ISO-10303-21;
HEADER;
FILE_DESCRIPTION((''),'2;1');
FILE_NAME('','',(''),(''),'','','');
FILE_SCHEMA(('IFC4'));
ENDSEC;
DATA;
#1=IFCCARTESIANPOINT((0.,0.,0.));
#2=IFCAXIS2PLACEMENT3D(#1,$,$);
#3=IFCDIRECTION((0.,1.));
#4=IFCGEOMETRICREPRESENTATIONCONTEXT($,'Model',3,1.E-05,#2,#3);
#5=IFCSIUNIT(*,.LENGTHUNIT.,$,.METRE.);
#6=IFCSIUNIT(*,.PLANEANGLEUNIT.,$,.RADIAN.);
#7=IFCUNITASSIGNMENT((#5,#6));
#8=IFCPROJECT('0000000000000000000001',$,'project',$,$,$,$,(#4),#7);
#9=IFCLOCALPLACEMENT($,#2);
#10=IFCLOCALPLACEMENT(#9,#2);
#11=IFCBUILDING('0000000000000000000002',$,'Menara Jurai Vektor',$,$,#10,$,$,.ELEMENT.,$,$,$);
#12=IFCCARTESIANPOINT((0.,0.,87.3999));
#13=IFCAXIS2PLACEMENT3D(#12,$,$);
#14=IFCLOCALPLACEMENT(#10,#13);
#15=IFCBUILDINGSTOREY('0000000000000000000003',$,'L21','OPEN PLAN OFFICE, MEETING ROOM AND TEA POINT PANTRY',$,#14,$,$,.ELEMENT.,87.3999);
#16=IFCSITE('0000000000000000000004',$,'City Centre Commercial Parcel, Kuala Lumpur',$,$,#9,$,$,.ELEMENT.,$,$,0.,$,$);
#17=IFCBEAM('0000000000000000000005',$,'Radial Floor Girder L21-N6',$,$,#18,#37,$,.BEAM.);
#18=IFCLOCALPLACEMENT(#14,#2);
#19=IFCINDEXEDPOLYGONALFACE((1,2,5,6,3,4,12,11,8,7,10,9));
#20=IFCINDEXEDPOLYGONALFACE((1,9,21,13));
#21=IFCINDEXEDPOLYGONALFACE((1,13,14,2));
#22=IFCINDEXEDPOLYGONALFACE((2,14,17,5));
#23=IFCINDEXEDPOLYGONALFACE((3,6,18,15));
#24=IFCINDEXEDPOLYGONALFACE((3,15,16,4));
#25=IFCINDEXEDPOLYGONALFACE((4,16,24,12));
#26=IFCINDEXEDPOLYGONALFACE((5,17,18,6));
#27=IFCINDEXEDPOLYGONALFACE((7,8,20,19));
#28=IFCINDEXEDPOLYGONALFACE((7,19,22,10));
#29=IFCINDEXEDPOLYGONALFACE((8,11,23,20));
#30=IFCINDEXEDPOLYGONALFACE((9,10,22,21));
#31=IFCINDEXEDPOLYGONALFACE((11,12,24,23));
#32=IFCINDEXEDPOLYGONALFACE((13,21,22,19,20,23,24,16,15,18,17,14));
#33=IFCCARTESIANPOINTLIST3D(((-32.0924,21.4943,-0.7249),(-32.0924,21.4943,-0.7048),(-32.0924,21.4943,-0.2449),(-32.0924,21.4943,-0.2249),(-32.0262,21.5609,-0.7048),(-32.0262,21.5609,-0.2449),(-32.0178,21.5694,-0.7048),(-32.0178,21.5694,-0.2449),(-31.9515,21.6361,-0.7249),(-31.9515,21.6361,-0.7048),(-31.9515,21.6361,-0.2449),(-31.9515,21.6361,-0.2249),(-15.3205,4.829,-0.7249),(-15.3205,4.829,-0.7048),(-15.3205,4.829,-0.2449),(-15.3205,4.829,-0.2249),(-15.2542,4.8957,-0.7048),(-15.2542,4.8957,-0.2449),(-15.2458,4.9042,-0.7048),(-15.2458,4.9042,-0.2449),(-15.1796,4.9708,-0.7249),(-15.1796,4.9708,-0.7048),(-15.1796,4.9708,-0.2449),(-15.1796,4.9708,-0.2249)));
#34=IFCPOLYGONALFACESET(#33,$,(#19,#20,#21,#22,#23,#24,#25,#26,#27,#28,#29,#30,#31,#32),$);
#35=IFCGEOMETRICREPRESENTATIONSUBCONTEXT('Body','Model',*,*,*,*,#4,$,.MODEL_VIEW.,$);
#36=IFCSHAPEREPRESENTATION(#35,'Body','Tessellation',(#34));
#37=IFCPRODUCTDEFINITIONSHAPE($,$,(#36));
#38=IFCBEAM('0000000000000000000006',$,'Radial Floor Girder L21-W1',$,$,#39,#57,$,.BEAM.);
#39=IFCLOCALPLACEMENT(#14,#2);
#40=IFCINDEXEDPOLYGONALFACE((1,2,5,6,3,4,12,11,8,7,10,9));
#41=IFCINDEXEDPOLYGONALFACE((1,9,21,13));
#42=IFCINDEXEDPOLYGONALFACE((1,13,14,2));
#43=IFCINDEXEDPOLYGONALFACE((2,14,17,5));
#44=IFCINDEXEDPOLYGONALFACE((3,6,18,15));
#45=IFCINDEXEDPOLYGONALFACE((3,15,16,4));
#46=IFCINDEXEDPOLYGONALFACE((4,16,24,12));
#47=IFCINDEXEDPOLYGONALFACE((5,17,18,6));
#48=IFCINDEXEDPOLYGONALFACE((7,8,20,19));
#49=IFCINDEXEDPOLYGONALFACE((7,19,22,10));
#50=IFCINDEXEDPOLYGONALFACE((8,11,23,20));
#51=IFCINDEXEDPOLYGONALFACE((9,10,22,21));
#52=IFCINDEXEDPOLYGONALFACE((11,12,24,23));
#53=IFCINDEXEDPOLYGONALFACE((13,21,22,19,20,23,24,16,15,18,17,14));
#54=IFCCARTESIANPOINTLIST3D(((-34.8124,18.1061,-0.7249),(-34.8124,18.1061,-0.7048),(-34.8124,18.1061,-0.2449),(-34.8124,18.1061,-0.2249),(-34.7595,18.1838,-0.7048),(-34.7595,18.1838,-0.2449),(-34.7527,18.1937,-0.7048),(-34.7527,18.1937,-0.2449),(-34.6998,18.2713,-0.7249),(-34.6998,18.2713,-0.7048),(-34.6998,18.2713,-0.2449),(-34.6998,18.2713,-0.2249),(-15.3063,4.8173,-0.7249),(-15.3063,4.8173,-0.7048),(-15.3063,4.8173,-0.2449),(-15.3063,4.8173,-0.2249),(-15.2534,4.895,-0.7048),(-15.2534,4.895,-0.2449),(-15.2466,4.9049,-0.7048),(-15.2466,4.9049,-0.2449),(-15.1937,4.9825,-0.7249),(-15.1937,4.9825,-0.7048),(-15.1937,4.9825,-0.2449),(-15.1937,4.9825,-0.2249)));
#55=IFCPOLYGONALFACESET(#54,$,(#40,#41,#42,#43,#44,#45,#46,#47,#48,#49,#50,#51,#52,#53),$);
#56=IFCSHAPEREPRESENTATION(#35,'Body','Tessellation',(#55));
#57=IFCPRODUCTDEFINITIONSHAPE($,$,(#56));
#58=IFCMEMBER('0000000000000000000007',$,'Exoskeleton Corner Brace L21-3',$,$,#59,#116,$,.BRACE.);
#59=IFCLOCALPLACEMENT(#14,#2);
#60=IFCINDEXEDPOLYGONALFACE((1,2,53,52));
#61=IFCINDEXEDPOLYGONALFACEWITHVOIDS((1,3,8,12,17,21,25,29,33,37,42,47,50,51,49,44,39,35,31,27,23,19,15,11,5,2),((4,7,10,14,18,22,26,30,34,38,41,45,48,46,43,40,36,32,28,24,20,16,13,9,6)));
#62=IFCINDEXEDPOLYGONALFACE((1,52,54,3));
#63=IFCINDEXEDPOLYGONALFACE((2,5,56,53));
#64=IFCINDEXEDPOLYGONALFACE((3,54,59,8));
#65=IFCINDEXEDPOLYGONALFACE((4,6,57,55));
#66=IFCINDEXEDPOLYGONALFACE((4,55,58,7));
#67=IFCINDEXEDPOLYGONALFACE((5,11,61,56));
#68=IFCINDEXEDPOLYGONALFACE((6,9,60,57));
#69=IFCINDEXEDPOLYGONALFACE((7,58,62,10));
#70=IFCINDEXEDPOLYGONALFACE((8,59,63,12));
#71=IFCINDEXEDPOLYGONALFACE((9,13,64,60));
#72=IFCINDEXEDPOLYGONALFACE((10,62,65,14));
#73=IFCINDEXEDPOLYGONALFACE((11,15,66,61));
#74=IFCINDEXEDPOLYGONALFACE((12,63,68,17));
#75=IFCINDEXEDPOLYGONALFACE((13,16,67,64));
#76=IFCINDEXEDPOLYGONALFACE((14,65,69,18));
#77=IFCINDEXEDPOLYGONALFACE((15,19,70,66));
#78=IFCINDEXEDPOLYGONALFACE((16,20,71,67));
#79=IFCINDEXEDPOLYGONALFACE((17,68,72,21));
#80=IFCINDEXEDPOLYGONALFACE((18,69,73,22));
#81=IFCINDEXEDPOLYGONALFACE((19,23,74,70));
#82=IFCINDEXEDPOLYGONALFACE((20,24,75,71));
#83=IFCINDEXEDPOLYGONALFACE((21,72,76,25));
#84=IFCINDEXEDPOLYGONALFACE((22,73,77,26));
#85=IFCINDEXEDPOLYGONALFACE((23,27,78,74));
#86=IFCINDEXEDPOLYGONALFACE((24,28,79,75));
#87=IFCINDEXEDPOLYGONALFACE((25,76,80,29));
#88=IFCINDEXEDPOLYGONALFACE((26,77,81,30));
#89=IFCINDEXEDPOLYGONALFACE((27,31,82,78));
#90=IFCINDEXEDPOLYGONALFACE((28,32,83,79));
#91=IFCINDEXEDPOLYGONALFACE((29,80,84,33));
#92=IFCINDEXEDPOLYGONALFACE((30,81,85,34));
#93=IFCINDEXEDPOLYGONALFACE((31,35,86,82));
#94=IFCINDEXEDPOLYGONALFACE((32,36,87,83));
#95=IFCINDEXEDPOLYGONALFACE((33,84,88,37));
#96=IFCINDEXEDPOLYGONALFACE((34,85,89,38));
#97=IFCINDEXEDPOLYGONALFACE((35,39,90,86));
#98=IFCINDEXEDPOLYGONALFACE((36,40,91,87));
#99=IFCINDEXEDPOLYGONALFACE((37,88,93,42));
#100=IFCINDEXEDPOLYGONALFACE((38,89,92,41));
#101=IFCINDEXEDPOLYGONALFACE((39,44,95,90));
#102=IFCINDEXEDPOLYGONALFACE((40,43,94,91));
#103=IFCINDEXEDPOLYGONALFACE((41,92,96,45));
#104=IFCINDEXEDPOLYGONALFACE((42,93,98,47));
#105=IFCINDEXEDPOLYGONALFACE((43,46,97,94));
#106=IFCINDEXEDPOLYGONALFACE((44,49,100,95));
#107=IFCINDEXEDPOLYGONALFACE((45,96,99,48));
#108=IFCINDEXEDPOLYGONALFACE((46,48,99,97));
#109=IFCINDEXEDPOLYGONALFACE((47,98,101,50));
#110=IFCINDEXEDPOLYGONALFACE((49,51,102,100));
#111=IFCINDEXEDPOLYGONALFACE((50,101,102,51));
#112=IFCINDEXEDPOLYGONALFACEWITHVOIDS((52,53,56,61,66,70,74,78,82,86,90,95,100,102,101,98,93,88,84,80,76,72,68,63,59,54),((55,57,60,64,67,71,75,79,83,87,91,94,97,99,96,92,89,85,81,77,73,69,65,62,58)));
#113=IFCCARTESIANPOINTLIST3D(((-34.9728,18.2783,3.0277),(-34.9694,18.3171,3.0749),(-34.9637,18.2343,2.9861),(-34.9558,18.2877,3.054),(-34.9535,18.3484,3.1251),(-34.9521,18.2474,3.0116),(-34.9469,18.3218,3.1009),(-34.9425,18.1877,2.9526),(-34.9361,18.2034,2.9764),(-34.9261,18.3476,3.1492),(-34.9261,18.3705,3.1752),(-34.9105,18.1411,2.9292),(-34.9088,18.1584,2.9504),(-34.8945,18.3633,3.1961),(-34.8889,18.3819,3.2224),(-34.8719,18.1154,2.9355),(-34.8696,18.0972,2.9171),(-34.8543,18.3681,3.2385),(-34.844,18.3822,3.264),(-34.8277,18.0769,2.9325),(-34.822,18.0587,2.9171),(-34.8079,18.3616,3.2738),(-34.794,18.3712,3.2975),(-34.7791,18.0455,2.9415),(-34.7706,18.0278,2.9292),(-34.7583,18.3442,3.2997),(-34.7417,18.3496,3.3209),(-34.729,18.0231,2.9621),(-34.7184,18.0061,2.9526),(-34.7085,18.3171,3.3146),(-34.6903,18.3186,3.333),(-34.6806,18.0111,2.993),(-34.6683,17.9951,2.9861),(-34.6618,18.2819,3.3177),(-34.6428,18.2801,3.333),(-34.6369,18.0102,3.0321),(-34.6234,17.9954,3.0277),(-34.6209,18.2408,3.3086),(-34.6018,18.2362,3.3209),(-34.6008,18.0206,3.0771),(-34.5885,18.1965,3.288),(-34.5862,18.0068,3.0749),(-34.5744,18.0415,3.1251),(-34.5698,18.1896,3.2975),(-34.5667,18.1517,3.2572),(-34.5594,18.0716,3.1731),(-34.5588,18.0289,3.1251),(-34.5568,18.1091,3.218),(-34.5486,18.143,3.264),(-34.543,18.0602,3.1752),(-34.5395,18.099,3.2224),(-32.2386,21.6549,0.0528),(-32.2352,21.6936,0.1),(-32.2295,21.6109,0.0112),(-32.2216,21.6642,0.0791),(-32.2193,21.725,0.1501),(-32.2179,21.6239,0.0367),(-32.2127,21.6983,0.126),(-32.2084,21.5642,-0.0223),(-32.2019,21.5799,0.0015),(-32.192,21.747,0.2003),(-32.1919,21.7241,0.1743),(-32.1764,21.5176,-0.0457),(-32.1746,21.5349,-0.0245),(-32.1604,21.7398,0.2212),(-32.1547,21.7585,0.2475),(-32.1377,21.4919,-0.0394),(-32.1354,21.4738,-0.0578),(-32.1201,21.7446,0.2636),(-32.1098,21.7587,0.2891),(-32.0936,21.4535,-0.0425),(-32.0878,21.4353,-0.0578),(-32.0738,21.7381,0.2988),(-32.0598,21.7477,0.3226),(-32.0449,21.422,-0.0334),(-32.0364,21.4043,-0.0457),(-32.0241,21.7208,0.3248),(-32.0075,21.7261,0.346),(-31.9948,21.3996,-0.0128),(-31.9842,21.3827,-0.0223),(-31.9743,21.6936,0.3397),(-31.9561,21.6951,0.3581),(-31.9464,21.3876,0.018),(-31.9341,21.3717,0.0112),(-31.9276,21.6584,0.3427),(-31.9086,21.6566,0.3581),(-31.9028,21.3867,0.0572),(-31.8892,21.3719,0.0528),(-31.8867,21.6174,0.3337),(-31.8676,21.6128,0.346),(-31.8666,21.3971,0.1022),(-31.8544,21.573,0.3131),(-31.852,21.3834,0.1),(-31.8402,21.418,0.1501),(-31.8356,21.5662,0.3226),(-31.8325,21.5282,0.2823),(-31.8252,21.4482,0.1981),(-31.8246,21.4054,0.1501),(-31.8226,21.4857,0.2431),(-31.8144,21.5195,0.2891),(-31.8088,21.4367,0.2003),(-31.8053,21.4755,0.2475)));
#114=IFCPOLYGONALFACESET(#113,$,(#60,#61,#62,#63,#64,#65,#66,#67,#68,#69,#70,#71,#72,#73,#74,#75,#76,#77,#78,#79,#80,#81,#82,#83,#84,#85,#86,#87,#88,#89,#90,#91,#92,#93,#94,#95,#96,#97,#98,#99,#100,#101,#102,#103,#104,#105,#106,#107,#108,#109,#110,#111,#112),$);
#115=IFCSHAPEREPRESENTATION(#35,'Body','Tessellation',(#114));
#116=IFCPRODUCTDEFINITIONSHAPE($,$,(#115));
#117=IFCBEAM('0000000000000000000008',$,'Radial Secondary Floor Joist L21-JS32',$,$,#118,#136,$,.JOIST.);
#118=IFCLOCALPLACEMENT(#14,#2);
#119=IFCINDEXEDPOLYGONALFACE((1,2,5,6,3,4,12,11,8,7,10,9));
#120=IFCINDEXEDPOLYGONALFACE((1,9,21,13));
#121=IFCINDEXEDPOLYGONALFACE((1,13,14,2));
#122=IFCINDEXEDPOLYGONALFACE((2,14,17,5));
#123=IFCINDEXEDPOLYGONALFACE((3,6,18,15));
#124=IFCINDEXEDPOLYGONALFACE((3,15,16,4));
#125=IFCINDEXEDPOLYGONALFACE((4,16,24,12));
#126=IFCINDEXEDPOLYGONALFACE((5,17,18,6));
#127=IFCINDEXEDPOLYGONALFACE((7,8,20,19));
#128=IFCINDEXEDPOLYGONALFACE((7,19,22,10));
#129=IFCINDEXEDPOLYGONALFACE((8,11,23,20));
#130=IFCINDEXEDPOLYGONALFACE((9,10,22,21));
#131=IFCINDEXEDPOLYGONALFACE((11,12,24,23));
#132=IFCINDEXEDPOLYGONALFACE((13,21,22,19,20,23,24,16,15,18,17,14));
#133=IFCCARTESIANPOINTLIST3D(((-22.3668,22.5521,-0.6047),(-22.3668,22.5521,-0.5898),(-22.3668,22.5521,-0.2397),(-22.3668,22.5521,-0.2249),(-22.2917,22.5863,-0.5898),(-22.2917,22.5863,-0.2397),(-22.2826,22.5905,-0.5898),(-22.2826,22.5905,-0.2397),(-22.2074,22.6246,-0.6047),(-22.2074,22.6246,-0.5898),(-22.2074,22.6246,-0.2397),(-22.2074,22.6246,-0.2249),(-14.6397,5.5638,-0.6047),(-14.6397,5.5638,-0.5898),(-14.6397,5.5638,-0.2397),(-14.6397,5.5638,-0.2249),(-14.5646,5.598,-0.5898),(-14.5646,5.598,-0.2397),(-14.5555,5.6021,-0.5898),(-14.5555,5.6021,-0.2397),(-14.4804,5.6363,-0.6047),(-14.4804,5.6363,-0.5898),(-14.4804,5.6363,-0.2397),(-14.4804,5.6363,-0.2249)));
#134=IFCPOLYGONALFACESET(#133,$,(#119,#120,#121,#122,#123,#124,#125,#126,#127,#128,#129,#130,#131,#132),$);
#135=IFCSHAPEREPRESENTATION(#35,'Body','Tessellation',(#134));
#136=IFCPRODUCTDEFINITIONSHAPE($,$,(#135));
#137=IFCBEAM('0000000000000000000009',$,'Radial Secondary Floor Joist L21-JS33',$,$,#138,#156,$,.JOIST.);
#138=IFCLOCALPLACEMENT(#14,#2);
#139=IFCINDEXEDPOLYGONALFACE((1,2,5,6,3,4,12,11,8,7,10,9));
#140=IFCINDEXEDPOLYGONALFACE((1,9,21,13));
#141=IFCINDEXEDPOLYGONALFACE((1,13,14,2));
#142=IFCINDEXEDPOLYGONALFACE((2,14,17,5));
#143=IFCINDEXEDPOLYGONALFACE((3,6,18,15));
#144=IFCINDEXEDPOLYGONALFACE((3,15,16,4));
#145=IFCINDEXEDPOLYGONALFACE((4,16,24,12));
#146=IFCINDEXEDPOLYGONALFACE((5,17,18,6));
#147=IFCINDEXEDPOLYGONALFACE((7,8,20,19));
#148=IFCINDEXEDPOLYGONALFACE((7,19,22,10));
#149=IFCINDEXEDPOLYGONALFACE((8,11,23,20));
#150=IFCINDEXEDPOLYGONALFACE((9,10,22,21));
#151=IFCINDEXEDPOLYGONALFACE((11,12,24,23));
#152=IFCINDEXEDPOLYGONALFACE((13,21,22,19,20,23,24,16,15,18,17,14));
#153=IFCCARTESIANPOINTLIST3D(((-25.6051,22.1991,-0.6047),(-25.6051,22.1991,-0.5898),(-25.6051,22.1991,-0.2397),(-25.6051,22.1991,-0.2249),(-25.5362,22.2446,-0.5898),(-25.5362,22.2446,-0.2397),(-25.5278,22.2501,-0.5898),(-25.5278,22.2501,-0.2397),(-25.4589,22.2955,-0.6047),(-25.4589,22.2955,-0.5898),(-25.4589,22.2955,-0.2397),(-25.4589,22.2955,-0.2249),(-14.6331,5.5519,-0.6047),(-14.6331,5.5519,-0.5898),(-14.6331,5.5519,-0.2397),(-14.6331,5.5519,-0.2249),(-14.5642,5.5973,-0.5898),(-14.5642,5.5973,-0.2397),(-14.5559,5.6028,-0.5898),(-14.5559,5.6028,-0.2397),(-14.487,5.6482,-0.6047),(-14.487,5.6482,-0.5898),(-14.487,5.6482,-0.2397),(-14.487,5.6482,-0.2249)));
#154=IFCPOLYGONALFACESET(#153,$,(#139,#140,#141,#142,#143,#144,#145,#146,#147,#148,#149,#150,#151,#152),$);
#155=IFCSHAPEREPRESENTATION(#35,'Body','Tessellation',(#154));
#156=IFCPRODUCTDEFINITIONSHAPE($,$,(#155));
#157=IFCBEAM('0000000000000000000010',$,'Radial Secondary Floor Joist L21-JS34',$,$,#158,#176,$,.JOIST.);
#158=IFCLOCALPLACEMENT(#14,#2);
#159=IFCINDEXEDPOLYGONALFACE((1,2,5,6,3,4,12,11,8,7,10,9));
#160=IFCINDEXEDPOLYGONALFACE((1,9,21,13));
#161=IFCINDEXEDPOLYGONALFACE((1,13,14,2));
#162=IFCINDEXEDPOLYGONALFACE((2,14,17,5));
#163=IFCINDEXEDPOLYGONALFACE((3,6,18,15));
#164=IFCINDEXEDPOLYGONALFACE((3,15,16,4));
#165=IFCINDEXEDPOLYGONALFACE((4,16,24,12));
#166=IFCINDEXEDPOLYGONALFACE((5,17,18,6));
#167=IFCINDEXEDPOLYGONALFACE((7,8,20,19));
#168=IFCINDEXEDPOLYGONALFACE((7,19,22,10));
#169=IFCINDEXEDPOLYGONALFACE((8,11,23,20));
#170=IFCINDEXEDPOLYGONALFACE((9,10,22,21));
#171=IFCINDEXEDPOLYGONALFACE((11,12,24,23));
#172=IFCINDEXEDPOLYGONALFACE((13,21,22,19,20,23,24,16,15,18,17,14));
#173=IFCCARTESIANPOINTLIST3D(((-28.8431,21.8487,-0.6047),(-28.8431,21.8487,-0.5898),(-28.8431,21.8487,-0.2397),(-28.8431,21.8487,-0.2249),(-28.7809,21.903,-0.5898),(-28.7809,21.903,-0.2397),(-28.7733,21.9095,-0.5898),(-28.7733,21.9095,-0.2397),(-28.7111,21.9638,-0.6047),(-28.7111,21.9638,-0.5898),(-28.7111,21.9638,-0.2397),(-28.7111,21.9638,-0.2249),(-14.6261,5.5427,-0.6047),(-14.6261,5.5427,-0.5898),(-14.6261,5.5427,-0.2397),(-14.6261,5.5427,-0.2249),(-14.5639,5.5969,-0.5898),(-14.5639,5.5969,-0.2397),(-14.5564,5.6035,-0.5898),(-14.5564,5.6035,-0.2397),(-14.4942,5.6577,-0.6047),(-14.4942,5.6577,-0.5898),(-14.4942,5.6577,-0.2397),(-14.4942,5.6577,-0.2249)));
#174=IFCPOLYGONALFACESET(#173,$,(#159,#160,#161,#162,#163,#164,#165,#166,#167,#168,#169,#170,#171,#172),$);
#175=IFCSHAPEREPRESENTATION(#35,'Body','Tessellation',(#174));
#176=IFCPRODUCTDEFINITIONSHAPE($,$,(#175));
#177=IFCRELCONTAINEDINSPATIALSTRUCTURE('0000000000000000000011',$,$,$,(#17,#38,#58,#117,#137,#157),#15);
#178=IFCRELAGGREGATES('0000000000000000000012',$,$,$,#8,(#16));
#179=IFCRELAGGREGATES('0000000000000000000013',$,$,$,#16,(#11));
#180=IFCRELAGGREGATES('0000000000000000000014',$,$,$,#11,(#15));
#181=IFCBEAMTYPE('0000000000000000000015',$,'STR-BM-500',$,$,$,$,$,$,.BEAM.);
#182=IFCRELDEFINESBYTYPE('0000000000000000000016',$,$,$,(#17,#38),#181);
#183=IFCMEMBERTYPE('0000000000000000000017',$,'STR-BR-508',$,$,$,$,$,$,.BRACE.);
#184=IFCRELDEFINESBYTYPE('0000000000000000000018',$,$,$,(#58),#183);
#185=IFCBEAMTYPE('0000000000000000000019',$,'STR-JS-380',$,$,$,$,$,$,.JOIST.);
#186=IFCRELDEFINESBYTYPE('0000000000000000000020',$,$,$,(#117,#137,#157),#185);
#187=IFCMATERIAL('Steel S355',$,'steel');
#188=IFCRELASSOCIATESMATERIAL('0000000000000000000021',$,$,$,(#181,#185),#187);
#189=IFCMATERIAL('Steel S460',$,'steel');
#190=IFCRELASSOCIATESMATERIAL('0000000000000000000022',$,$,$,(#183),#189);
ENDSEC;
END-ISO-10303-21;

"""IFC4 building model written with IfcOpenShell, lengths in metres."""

from ifc_helpers import new_model, si_unit, direction, frame, origin, origin_2d, place, context, subcontext, project, spatial, hollow_circle, i_section, extrude, material, material_profile, profile_set, type_object, element, save


model = new_model("IFC4")

# Units and contexts
model_context = context("Model", 3, precision=1e-05, world=origin(), true_north=direction((0.0, 1.0)))
body_context = subcontext(model_context, "Body", "Model", "MODEL_VIEW")
ifc_project = project(units=[si_unit("LENGTHUNIT", "METRE"), si_unit("PLANEANGLEUNIT", "RADIAN")], contexts=[model_context])

# Site, building, storey
site_placement = place(None, origin())
site = spatial("IfcSite", under=ifc_project, at=site_placement, Name="City Centre Commercial Parcel, Kuala Lumpur", CompositionType="ELEMENT", RefElevation=0.0)
building_placement = place(site_placement, origin())
building = spatial("IfcBuilding", under=site, at=building_placement, Name="Menara Jurai Vektor", CompositionType="ELEMENT")
storey_placement = place(building_placement, frame((0.0, 0.0, 87.3999)))
storey = spatial("IfcBuildingStorey", under=building, at=storey_placement, Name="L21", Description="OPEN PLAN OFFICE, MEETING ROOM AND TEA POINT PANTRY", CompositionType="ELEMENT", Elevation=87.3999)

# Shared definitions
ifc_material_1 = material(Name="Steel S460", Category="steel")

# Beams
ifc_material_2 = material(Name="Steel S355", Category="steel")
ifc_material_profile_1 = material_profile(ifc_material_2, i_section(OverallWidth=0.2, OverallDepth=0.5, WebThickness=0.012, FlangeThickness=0.02, at=origin_2d()), Name="PG 500x200x96")
ifc_profile_set_1 = profile_set([ifc_material_profile_1], Name="Steel S355")
beam_type_1 = type_object("IfcBeamType", Name="STR-BM-500", PredefinedType="BEAM", material=ifc_profile_set_1)
beam_1_placement = place(storey_placement, frame((-32.022, 21.5652, -0.4749), z_axis=(0.709359, -0.704847, 0.0), x_axis=(0.704847, 0.709359, 0.0)))
element("IfcBeam", 1, at=beam_1_placement, inside=storey, type_object=beam_type_1, Name="Radial Floor Girder L21-N6", PredefinedType="BEAM", context=body_context, shape_type="SweptSolid", body=[
    extrude(i_section(OverallWidth=0.2, OverallDepth=0.5, WebThickness=0.012, FlangeThickness=0.02, at=origin_2d()), origin(), (0.0, 0.0, 1.0), 23.6438),
])
beam_2_placement = place(storey_placement, frame((-34.7561, 18.1887, -0.4749), z_axis=(0.82644, -0.563024, 0.0), x_axis=(0.563024, 0.82644, 0.0)))
element("IfcBeam", 2, at=beam_2_placement, inside=storey, type_object=beam_type_1, Name="Radial Floor Girder L21-W1", PredefinedType="BEAM", context=body_context, shape_type="SweptSolid", body=[
    extrude(i_section(OverallWidth=0.2, OverallDepth=0.5, WebThickness=0.012, FlangeThickness=0.02, at=origin_2d()), origin(), (0.0, 0.0, 1.0), 23.6025),
])

# Member
ifc_material_profile_2 = material_profile(ifc_material_1, hollow_circle(Radius=0.2539, WallThickness=0.02, at=origin_2d()), Name="CHS 508x20")
ifc_profile_set_2 = profile_set([ifc_material_profile_2], Name="Steel S460")
member_type_1 = type_object("IfcMemberType", Name="STR-BR-508", PredefinedType="BRACE", material=ifc_profile_set_2)
member_1_placement = place(storey_placement, frame((-32.022, 21.5652, 0.1501), z_axis=(-0.519251, -0.64124, 0.564968), x_axis=(0.777155, -0.62931, 0.0)))
element("IfcMember", 3, at=member_1_placement, inside=storey, type_object=member_type_1, Name="Exoskeleton Corner Brace L21-3", PredefinedType="BRACE", context=body_context, shape_type="SweptSolid", body=[
    extrude(hollow_circle(Radius=0.2539, WallThickness=0.02, at=origin_2d()), origin(), (0.0, 0.0, 1.0), 5.2656),
])

# Beams
ifc_material_profile_3 = material_profile(ifc_material_2, i_section(OverallWidth=0.175, OverallDepth=0.3799, WebThickness=0.01, FlangeThickness=0.0149, at=origin_2d()), Name="PG 380x175x58")
ifc_profile_set_3 = profile_set([ifc_material_profile_3], Name="Steel S355")
beam_type_2 = type_object("IfcBeamType", Name="STR-JS-380", PredefinedType="JOIST", material=ifc_profile_set_3)
beam_3_placement = place(storey_placement, frame((-22.2871, 22.5884, -0.4148), z_axis=(0.41403, -0.910263, 0.0), x_axis=(0.910263, 0.41403, 0.0)))
element("IfcBeam", 4, at=beam_3_placement, inside=storey, type_object=beam_type_2, Name="Radial Secondary Floor Joist L21-JS32", PredefinedType="JOIST", context=body_context, shape_type="SweptSolid", body=[
    extrude(i_section(OverallWidth=0.175, OverallDepth=0.3799, WebThickness=0.01, FlangeThickness=0.0149, at=origin_2d()), origin(), (0.0, 0.0, 1.0), 18.6631),
])
beam_4_placement = place(storey_placement, frame((-25.532, 22.2473, -0.4148), z_axis=(0.55031, -0.834961, 0.0), x_axis=(0.834961, 0.55031, 0.0)))
element("IfcBeam", 5, at=beam_4_placement, inside=storey, type_object=beam_type_2, Name="Radial Secondary Floor Joist L21-JS33", PredefinedType="JOIST", context=body_context, shape_type="SweptSolid", body=[
    extrude(i_section(OverallWidth=0.175, OverallDepth=0.3799, WebThickness=0.01, FlangeThickness=0.0149, at=origin_2d()), origin(), (0.0, 0.0, 1.0), 19.9377),
])
beam_5_placement = place(storey_placement, frame((-28.7771, 21.9062, -0.4148), z_axis=(0.657173, -0.75374, 0.0), x_axis=(0.75374, 0.657173, 0.0)))
element("IfcBeam", 6, at=beam_5_placement, inside=storey, type_object=beam_type_2, Name="Radial Secondary Floor Joist L21-JS34", PredefinedType="JOIST", context=body_context, shape_type="SweptSolid", body=[
    extrude(i_section(OverallWidth=0.175, OverallDepth=0.3799, WebThickness=0.01, FlangeThickness=0.0149, at=origin_2d()), origin(), (0.0, 0.0, 1.0), 21.6335),
])

save(model, "model.ifc")
